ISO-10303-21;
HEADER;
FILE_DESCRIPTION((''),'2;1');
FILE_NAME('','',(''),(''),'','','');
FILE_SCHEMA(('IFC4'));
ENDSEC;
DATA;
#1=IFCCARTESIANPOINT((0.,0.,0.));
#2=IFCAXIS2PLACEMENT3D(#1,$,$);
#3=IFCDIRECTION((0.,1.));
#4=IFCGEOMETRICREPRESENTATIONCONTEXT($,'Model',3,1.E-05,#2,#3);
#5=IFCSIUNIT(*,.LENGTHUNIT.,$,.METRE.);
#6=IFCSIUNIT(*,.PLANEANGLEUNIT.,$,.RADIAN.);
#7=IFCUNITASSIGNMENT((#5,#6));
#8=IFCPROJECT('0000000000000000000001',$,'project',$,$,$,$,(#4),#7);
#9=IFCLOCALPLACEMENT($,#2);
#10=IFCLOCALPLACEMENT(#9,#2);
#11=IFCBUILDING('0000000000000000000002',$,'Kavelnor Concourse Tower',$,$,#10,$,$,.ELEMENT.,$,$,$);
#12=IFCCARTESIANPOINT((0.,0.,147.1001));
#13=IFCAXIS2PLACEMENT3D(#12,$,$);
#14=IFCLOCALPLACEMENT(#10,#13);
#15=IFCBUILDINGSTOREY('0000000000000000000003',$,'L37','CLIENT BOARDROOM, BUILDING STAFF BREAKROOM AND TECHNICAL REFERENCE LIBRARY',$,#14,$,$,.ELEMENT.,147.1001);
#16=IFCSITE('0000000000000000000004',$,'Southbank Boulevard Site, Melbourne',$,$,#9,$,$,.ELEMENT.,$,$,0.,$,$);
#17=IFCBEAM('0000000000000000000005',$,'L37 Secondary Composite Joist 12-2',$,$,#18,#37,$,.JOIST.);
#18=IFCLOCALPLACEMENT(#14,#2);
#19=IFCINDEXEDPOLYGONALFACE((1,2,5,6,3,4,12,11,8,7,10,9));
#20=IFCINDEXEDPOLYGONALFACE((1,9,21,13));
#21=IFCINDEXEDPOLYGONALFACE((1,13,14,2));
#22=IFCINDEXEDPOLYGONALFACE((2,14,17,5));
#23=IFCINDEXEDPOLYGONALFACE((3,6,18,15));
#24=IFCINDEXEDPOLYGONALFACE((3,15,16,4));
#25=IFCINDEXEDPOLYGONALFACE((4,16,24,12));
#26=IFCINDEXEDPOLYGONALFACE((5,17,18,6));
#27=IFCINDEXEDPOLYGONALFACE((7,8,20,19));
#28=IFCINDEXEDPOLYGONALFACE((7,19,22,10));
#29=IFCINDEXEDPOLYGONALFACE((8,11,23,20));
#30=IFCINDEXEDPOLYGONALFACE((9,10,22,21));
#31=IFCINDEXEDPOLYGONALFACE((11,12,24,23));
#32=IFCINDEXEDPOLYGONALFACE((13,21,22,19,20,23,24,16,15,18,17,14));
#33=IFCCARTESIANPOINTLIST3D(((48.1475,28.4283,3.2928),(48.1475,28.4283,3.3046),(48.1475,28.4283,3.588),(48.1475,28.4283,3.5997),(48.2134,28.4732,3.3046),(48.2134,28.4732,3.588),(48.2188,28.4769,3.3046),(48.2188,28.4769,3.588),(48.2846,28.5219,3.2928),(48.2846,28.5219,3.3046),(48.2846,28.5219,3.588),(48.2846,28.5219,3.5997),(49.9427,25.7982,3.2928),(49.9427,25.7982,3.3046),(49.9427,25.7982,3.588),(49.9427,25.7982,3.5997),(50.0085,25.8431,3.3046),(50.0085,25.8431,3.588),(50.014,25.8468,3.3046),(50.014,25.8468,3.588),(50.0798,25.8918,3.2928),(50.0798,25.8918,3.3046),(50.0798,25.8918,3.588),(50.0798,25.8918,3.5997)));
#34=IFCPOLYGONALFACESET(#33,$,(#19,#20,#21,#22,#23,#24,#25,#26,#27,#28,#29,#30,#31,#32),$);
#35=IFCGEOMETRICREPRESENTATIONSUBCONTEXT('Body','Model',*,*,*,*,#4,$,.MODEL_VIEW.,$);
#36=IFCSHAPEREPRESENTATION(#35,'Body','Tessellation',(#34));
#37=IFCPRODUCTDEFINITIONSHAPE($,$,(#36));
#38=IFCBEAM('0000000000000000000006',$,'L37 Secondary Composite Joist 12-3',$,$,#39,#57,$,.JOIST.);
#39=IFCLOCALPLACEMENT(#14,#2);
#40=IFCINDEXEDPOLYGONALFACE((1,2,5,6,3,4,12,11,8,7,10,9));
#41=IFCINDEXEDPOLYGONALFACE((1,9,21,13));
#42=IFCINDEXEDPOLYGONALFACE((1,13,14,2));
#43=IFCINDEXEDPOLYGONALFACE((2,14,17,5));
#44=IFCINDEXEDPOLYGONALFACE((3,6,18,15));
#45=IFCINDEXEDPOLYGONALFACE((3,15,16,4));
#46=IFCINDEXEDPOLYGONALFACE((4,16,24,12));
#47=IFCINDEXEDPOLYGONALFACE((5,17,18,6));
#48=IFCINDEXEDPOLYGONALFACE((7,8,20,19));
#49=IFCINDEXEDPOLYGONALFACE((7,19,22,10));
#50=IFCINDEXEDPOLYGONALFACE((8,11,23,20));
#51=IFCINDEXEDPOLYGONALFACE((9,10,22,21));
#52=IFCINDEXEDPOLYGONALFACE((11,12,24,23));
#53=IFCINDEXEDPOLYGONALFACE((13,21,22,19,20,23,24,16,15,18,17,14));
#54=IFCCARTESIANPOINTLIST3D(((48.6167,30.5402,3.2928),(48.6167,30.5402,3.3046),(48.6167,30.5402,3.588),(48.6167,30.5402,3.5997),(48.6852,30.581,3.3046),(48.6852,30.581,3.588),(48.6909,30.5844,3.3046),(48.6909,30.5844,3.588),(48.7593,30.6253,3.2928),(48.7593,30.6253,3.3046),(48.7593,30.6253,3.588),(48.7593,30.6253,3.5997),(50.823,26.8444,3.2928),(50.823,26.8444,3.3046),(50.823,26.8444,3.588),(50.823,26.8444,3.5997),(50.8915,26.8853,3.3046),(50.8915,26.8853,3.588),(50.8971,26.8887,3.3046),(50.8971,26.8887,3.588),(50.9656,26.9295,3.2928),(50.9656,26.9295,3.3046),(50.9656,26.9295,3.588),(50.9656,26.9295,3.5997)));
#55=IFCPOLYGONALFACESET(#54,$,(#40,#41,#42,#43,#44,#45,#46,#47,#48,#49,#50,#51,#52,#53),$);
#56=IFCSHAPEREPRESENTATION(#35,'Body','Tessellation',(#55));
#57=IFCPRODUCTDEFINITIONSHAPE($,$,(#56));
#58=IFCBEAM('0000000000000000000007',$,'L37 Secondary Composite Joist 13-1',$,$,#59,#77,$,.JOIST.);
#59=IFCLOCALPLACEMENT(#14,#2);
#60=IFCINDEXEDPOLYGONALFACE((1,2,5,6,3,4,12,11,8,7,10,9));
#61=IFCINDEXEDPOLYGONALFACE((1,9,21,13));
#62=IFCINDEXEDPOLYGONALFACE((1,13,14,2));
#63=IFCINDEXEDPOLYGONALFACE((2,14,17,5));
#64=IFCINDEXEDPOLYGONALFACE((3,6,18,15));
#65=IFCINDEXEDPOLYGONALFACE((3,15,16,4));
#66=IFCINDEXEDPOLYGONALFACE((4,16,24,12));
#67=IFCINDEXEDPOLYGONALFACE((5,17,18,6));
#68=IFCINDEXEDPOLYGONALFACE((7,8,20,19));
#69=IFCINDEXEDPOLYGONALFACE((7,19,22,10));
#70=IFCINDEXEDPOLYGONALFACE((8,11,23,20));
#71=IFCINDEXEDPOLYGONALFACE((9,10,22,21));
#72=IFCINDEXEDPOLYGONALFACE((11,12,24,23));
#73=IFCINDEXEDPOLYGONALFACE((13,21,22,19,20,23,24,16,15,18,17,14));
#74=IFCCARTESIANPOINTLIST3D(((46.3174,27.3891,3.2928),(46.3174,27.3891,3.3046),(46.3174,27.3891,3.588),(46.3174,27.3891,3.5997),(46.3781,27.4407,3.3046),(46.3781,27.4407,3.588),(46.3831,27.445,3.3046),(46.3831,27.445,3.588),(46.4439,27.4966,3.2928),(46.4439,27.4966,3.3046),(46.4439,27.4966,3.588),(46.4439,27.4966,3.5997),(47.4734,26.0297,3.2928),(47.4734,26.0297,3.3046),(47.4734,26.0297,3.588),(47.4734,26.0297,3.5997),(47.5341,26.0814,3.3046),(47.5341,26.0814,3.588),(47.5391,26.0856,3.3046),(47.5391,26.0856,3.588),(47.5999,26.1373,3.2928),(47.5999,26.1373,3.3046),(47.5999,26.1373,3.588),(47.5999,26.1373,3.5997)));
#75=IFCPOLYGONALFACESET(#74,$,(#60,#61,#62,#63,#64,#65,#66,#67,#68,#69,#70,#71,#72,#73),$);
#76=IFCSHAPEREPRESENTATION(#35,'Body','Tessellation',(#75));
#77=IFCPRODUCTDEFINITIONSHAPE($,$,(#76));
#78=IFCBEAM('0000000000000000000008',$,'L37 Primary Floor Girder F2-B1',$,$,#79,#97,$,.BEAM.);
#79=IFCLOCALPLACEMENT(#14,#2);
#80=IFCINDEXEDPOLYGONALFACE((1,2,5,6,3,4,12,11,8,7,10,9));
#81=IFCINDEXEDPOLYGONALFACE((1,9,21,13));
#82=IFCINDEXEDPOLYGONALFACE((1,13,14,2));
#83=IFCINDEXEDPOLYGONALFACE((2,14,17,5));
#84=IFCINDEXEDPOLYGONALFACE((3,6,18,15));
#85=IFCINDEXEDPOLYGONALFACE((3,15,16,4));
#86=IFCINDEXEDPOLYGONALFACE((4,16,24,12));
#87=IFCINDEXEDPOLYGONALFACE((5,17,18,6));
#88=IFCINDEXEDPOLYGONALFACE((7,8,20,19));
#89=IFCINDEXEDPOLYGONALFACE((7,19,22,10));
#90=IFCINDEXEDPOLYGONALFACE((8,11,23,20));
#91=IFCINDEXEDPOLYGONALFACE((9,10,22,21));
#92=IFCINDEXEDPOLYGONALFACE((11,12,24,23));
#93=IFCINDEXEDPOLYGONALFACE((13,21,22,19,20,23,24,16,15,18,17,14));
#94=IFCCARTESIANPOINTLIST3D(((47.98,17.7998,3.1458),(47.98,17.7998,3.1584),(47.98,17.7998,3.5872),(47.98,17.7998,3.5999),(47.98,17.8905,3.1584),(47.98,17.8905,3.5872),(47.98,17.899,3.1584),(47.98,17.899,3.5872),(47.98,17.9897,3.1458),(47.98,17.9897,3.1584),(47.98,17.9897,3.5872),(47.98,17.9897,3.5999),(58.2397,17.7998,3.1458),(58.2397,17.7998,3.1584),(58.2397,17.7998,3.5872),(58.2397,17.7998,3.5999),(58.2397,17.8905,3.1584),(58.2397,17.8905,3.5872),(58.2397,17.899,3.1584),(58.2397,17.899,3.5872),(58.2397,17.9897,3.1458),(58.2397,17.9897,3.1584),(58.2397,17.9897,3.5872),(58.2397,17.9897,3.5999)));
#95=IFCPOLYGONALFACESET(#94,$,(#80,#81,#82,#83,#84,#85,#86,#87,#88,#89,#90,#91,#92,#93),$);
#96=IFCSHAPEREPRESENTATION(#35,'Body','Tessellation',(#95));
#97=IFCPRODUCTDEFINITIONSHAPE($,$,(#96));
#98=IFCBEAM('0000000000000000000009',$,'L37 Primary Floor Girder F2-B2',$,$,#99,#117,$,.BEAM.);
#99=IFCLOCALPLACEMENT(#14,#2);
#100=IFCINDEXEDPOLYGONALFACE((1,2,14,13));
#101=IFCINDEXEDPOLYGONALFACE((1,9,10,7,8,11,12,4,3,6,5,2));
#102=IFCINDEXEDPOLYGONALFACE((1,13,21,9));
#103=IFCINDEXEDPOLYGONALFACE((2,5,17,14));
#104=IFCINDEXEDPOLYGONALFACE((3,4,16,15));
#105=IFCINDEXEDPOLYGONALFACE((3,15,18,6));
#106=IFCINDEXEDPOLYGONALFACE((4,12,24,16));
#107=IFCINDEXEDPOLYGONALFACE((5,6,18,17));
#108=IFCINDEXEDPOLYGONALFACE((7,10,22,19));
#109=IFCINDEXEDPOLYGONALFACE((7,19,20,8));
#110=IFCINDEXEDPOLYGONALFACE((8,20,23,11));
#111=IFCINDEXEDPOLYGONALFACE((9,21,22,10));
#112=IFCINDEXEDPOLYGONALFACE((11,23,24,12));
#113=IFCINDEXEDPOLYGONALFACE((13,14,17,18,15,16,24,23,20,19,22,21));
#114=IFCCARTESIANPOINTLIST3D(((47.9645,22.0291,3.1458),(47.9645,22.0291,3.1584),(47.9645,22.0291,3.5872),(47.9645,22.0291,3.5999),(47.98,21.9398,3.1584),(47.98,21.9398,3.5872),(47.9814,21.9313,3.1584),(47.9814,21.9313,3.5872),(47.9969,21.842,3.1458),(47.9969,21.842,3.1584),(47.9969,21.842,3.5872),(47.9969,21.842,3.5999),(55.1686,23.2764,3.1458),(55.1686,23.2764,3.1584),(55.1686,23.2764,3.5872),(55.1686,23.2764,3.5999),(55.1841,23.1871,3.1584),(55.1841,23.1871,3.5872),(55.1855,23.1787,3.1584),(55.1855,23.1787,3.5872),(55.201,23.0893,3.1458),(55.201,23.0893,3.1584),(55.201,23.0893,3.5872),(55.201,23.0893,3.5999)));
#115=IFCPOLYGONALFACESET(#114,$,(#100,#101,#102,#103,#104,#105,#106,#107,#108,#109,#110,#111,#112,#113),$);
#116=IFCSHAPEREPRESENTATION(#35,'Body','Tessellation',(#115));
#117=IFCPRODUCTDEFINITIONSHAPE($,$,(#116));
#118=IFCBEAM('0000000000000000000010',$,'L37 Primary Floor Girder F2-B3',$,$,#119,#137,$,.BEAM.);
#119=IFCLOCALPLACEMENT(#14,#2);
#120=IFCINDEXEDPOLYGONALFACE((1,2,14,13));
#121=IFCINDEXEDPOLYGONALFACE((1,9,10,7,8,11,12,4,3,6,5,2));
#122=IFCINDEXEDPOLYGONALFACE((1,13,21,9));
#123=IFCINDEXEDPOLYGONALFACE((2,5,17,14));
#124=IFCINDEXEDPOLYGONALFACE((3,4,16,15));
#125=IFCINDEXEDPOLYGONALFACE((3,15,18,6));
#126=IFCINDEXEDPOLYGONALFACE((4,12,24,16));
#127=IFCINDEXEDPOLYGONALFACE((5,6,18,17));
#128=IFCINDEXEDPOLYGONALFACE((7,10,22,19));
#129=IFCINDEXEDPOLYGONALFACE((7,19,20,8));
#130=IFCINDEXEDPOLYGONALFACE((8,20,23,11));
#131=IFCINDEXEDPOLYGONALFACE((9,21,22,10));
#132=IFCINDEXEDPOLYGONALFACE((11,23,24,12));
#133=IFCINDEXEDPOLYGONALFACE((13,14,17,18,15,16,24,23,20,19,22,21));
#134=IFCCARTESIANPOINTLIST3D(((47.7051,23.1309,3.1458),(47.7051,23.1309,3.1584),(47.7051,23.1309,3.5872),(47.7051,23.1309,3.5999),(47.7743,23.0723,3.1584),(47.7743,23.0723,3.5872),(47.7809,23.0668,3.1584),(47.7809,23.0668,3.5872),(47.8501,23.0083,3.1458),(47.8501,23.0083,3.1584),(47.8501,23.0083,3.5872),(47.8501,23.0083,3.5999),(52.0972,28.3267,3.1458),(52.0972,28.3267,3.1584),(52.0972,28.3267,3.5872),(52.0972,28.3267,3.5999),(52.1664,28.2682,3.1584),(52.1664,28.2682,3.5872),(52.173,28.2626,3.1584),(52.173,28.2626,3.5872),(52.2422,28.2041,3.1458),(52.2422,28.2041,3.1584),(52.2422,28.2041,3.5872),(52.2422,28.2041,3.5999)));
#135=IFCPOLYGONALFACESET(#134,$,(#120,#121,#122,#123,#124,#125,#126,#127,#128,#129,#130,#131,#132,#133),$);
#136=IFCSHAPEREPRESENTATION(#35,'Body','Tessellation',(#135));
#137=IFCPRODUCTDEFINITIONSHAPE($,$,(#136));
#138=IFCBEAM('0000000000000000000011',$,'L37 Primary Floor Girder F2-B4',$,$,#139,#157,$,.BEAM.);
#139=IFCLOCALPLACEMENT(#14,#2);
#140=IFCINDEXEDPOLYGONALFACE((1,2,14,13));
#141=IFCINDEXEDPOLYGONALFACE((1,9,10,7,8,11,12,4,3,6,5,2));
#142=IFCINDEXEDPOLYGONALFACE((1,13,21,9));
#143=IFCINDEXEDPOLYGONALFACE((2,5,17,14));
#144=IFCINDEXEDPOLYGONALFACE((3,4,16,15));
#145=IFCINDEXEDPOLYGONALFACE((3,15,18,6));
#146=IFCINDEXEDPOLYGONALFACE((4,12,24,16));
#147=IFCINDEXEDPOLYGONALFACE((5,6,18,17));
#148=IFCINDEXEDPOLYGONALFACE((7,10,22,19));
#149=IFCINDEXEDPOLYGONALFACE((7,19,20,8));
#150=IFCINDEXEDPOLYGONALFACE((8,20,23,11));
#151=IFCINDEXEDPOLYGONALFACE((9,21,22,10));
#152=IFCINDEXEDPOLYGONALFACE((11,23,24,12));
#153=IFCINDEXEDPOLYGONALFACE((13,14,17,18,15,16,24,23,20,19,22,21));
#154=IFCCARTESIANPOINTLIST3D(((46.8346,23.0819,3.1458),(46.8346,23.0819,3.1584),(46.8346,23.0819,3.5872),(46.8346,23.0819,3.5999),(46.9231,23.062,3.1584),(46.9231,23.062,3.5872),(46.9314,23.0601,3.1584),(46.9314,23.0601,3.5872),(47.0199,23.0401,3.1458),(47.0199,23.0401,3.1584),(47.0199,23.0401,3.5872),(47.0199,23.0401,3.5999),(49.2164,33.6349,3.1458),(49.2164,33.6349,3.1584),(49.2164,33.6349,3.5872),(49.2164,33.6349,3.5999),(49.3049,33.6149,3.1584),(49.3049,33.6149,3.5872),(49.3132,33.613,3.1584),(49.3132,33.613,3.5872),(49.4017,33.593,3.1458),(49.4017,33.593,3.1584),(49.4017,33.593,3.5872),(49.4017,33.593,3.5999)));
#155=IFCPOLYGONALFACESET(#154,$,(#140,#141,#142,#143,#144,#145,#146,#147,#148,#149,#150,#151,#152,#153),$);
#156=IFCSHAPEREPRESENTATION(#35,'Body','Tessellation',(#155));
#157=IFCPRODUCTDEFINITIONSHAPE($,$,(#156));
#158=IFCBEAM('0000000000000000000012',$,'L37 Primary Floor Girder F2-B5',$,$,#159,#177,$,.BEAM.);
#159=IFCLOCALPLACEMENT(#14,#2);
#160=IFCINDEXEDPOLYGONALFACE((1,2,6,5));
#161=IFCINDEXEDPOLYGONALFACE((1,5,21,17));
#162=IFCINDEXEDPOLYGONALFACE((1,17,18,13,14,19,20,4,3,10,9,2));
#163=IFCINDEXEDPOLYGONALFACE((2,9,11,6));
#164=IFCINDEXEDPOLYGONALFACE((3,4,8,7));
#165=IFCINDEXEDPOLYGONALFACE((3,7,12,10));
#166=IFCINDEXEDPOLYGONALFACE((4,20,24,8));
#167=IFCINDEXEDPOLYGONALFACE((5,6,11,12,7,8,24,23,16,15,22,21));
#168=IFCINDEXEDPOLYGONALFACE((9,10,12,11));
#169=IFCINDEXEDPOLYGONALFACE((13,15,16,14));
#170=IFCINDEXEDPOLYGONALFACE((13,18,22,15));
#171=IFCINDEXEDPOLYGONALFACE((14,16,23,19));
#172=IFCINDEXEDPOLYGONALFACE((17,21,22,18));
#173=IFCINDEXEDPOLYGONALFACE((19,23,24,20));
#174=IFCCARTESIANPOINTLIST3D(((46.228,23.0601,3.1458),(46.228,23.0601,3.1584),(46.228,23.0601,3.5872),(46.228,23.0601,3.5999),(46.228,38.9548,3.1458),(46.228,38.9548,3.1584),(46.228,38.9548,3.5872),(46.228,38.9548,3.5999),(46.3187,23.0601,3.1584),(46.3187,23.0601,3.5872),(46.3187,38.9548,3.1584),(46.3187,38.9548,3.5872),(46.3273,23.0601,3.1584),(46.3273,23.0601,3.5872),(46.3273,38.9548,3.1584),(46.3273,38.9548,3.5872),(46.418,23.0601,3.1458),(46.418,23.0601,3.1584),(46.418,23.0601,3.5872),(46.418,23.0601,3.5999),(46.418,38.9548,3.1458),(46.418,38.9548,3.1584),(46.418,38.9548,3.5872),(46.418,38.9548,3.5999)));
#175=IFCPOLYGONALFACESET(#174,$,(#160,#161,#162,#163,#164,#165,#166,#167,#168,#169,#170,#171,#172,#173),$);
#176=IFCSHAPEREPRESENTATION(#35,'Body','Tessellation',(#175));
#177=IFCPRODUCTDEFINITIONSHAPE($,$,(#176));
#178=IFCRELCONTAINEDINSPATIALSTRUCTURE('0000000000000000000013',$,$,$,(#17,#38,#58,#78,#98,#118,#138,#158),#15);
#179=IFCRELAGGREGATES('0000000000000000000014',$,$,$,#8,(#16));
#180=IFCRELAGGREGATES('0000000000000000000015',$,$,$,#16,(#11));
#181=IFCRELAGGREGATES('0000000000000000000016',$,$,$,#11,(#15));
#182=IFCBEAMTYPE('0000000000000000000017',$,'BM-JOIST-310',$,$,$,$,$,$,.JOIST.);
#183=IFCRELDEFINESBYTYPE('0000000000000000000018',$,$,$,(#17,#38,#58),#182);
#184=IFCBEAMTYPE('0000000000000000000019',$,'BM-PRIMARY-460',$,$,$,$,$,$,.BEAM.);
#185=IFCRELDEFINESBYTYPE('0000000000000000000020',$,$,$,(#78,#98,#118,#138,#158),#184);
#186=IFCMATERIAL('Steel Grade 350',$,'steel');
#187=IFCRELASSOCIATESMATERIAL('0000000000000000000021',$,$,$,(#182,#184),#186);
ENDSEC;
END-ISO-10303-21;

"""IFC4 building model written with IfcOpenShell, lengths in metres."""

from ifc_helpers import new_model, si_unit, direction, frame, origin, origin_2d, place, context, subcontext, project, spatial, i_section, extrude, material, material_profile, profile_set, type_object, element, save


model = new_model("IFC4")

# Units and contexts
model_context = context("Model", 3, precision=1e-05, world=origin(), true_north=direction((0.0, 1.0)))
body_context = subcontext(model_context, "Body", "Model", "MODEL_VIEW")
ifc_project = project(units=[si_unit("LENGTHUNIT", "METRE"), si_unit("PLANEANGLEUNIT", "RADIAN")], contexts=[model_context])

# Site, building, storey
site_placement = place(None, origin())
site = spatial("IfcSite", under=ifc_project, at=site_placement, Name="Southbank Boulevard Site, Melbourne", CompositionType="ELEMENT", RefElevation=0.0)
building_placement = place(site_placement, origin())
building = spatial("IfcBuilding", under=site, at=building_placement, Name="Kavelnor Concourse Tower", CompositionType="ELEMENT")
storey_placement = place(building_placement, frame((0.0, 0.0, 147.1001)))
storey = spatial("IfcBuildingStorey", under=building, at=storey_placement, Name="L37", Description="CLIENT BOARDROOM, BUILDING STAFF BREAKROOM AND TECHNICAL REFERENCE LIBRARY", CompositionType="ELEMENT", Elevation=147.1001)

# Shared definitions
ifc_material_1 = material(Name="Steel Grade 350", Category="steel")

# Beams
ifc_material_profile_1 = material_profile(ifc_material_1, i_section(OverallWidth=0.166, OverallDepth=0.3069, WebThickness=0.0066, FlangeThickness=0.0117, at=origin_2d()), Name="310UB46")
ifc_profile_set_1 = profile_set([ifc_material_profile_1], Name="Steel Grade 350")
beam_type_1 = type_object("IfcBeamType", Name="BM-JOIST-310", PredefinedType="JOIST", material=ifc_profile_set_1)
beam_1_placement = place(storey_placement, frame((50.0112, 25.845, 3.4463), z_axis=(-0.563744, 0.82595, 0.0), x_axis=(-0.82595, -0.563744, 0.0)))
element("IfcBeam", 1, at=beam_1_placement, inside=storey, type_object=beam_type_1, Name="L37 Secondary Composite Joist 12-2", PredefinedType="JOIST", context=body_context, shape_type="SweptSolid", body=[
    extrude(i_section(OverallWidth=0.166, OverallDepth=0.3069, WebThickness=0.0066, FlangeThickness=0.0117, at=origin_2d()), origin(), (0.0, 0.0, 1.0), 3.1843),
])
beam_2_placement = place(storey_placement, frame((50.8943, 26.887, 3.4463), z_axis=(-0.512584, 0.858637, 0.0), x_axis=(-0.858637, -0.512584, 0.0)))
element("IfcBeam", 2, at=beam_2_placement, inside=storey, type_object=beam_type_1, Name="L37 Secondary Composite Joist 12-3", PredefinedType="JOIST", context=body_context, shape_type="SweptSolid", body=[
    extrude(i_section(OverallWidth=0.166, OverallDepth=0.3069, WebThickness=0.0066, FlangeThickness=0.0117, at=origin_2d()), origin(), (0.0, 0.0, 1.0), 4.3042),
])
beam_3_placement = place(storey_placement, frame((47.5366, 26.0835, 3.4463), z_axis=(-0.647823, 0.761791, 0.0), x_axis=(-0.761791, -0.647823, 0.0)))
element("IfcBeam", 3, at=beam_3_placement, inside=storey, type_object=beam_type_1, Name="L37 Secondary Composite Joist 13-1", PredefinedType="JOIST", context=body_context, shape_type="SweptSolid", body=[
    extrude(i_section(OverallWidth=0.166, OverallDepth=0.3069, WebThickness=0.0066, FlangeThickness=0.0117, at=origin_2d()), origin(), (0.0, 0.0, 1.0), 1.7844),
])
ifc_material_profile_2 = material_profile(ifc_material_1, i_section(OverallWidth=0.1899, OverallDepth=0.4541, WebThickness=0.0085, FlangeThickness=0.0127, at=origin_2d()), Name="460UB67")
ifc_profile_set_2 = profile_set([ifc_material_profile_2], Name="Steel Grade 350")
beam_type_2 = type_object("IfcBeamType", Name="BM-PRIMARY-460", PredefinedType="BEAM", material=ifc_profile_set_2)
beam_4_placement = place(storey_placement, frame((47.98, 17.8948, 3.3728), z_axis=(1.0, 0.0, 0.0), x_axis=(0.0, 1.0, 0.0)))
element("IfcBeam", 4, at=beam_4_placement, inside=storey, type_object=beam_type_2, Name="L37 Primary Floor Girder F2-B1", PredefinedType="BEAM", context=body_context, shape_type="SweptSolid", body=[
    extrude(i_section(OverallWidth=0.1899, OverallDepth=0.4541, WebThickness=0.0085, FlangeThickness=0.0127, at=origin_2d()), origin(), (0.0, 0.0, 1.0), 10.2598),
])
beam_5_placement = place(storey_placement, frame((47.9807, 21.9355, 3.3728), z_axis=(0.98534, 0.170601, 0.0), x_axis=(-0.170601, 0.98534, 0.0)))
element("IfcBeam", 5, at=beam_5_placement, inside=storey, type_object=beam_type_2, Name="L37 Primary Floor Girder F2-B2", PredefinedType="BEAM", context=body_context, shape_type="SweptSolid", body=[
    extrude(i_section(OverallWidth=0.1899, OverallDepth=0.4541, WebThickness=0.0085, FlangeThickness=0.0127, at=origin_2d()), origin(), (0.0, 0.0, 1.0), 7.3113),
])
beam_6_placement = place(storey_placement, frame((47.7776, 23.0696, 3.3728), z_axis=(0.645569, 0.763702, 0.0), x_axis=(-0.763702, 0.645569, 0.0)))
element("IfcBeam", 6, at=beam_6_placement, inside=storey, type_object=beam_type_2, Name="L37 Primary Floor Girder F2-B3", PredefinedType="BEAM", context=body_context, shape_type="SweptSolid", body=[
    extrude(i_section(OverallWidth=0.1899, OverallDepth=0.4541, WebThickness=0.0085, FlangeThickness=0.0127, at=origin_2d()), origin(), (0.0, 0.0, 1.0), 6.8035),
])
beam_7_placement = place(storey_placement, frame((46.9272, 23.061, 3.3728), z_axis=(0.220165, 0.975463, 0.0), x_axis=(-0.975463, 0.220165, 0.0)))
element("IfcBeam", 7, at=beam_7_placement, inside=storey, type_object=beam_type_2, Name="L37 Primary Floor Girder F2-B4", PredefinedType="BEAM", context=body_context, shape_type="SweptSolid", body=[
    extrude(i_section(OverallWidth=0.1899, OverallDepth=0.4541, WebThickness=0.0085, FlangeThickness=0.0127, at=origin_2d()), origin(), (0.0, 0.0, 1.0), 10.8184),
])
beam_8_placement = place(storey_placement, frame((46.323, 23.0601, 3.3728), z_axis=(0.0, 1.0, 0.0), x_axis=(-1.0, 0.0, 0.0)))
element("IfcBeam", 8, at=beam_8_placement, inside=storey, type_object=beam_type_2, Name="L37 Primary Floor Girder F2-B5", PredefinedType="BEAM", context=body_context, shape_type="SweptSolid", body=[
    extrude(i_section(OverallWidth=0.1899, OverallDepth=0.4541, WebThickness=0.0085, FlangeThickness=0.0127, at=origin_2d()), origin(), (0.0, 0.0, 1.0), 15.8948),
])

save(model, "model.ifc")
